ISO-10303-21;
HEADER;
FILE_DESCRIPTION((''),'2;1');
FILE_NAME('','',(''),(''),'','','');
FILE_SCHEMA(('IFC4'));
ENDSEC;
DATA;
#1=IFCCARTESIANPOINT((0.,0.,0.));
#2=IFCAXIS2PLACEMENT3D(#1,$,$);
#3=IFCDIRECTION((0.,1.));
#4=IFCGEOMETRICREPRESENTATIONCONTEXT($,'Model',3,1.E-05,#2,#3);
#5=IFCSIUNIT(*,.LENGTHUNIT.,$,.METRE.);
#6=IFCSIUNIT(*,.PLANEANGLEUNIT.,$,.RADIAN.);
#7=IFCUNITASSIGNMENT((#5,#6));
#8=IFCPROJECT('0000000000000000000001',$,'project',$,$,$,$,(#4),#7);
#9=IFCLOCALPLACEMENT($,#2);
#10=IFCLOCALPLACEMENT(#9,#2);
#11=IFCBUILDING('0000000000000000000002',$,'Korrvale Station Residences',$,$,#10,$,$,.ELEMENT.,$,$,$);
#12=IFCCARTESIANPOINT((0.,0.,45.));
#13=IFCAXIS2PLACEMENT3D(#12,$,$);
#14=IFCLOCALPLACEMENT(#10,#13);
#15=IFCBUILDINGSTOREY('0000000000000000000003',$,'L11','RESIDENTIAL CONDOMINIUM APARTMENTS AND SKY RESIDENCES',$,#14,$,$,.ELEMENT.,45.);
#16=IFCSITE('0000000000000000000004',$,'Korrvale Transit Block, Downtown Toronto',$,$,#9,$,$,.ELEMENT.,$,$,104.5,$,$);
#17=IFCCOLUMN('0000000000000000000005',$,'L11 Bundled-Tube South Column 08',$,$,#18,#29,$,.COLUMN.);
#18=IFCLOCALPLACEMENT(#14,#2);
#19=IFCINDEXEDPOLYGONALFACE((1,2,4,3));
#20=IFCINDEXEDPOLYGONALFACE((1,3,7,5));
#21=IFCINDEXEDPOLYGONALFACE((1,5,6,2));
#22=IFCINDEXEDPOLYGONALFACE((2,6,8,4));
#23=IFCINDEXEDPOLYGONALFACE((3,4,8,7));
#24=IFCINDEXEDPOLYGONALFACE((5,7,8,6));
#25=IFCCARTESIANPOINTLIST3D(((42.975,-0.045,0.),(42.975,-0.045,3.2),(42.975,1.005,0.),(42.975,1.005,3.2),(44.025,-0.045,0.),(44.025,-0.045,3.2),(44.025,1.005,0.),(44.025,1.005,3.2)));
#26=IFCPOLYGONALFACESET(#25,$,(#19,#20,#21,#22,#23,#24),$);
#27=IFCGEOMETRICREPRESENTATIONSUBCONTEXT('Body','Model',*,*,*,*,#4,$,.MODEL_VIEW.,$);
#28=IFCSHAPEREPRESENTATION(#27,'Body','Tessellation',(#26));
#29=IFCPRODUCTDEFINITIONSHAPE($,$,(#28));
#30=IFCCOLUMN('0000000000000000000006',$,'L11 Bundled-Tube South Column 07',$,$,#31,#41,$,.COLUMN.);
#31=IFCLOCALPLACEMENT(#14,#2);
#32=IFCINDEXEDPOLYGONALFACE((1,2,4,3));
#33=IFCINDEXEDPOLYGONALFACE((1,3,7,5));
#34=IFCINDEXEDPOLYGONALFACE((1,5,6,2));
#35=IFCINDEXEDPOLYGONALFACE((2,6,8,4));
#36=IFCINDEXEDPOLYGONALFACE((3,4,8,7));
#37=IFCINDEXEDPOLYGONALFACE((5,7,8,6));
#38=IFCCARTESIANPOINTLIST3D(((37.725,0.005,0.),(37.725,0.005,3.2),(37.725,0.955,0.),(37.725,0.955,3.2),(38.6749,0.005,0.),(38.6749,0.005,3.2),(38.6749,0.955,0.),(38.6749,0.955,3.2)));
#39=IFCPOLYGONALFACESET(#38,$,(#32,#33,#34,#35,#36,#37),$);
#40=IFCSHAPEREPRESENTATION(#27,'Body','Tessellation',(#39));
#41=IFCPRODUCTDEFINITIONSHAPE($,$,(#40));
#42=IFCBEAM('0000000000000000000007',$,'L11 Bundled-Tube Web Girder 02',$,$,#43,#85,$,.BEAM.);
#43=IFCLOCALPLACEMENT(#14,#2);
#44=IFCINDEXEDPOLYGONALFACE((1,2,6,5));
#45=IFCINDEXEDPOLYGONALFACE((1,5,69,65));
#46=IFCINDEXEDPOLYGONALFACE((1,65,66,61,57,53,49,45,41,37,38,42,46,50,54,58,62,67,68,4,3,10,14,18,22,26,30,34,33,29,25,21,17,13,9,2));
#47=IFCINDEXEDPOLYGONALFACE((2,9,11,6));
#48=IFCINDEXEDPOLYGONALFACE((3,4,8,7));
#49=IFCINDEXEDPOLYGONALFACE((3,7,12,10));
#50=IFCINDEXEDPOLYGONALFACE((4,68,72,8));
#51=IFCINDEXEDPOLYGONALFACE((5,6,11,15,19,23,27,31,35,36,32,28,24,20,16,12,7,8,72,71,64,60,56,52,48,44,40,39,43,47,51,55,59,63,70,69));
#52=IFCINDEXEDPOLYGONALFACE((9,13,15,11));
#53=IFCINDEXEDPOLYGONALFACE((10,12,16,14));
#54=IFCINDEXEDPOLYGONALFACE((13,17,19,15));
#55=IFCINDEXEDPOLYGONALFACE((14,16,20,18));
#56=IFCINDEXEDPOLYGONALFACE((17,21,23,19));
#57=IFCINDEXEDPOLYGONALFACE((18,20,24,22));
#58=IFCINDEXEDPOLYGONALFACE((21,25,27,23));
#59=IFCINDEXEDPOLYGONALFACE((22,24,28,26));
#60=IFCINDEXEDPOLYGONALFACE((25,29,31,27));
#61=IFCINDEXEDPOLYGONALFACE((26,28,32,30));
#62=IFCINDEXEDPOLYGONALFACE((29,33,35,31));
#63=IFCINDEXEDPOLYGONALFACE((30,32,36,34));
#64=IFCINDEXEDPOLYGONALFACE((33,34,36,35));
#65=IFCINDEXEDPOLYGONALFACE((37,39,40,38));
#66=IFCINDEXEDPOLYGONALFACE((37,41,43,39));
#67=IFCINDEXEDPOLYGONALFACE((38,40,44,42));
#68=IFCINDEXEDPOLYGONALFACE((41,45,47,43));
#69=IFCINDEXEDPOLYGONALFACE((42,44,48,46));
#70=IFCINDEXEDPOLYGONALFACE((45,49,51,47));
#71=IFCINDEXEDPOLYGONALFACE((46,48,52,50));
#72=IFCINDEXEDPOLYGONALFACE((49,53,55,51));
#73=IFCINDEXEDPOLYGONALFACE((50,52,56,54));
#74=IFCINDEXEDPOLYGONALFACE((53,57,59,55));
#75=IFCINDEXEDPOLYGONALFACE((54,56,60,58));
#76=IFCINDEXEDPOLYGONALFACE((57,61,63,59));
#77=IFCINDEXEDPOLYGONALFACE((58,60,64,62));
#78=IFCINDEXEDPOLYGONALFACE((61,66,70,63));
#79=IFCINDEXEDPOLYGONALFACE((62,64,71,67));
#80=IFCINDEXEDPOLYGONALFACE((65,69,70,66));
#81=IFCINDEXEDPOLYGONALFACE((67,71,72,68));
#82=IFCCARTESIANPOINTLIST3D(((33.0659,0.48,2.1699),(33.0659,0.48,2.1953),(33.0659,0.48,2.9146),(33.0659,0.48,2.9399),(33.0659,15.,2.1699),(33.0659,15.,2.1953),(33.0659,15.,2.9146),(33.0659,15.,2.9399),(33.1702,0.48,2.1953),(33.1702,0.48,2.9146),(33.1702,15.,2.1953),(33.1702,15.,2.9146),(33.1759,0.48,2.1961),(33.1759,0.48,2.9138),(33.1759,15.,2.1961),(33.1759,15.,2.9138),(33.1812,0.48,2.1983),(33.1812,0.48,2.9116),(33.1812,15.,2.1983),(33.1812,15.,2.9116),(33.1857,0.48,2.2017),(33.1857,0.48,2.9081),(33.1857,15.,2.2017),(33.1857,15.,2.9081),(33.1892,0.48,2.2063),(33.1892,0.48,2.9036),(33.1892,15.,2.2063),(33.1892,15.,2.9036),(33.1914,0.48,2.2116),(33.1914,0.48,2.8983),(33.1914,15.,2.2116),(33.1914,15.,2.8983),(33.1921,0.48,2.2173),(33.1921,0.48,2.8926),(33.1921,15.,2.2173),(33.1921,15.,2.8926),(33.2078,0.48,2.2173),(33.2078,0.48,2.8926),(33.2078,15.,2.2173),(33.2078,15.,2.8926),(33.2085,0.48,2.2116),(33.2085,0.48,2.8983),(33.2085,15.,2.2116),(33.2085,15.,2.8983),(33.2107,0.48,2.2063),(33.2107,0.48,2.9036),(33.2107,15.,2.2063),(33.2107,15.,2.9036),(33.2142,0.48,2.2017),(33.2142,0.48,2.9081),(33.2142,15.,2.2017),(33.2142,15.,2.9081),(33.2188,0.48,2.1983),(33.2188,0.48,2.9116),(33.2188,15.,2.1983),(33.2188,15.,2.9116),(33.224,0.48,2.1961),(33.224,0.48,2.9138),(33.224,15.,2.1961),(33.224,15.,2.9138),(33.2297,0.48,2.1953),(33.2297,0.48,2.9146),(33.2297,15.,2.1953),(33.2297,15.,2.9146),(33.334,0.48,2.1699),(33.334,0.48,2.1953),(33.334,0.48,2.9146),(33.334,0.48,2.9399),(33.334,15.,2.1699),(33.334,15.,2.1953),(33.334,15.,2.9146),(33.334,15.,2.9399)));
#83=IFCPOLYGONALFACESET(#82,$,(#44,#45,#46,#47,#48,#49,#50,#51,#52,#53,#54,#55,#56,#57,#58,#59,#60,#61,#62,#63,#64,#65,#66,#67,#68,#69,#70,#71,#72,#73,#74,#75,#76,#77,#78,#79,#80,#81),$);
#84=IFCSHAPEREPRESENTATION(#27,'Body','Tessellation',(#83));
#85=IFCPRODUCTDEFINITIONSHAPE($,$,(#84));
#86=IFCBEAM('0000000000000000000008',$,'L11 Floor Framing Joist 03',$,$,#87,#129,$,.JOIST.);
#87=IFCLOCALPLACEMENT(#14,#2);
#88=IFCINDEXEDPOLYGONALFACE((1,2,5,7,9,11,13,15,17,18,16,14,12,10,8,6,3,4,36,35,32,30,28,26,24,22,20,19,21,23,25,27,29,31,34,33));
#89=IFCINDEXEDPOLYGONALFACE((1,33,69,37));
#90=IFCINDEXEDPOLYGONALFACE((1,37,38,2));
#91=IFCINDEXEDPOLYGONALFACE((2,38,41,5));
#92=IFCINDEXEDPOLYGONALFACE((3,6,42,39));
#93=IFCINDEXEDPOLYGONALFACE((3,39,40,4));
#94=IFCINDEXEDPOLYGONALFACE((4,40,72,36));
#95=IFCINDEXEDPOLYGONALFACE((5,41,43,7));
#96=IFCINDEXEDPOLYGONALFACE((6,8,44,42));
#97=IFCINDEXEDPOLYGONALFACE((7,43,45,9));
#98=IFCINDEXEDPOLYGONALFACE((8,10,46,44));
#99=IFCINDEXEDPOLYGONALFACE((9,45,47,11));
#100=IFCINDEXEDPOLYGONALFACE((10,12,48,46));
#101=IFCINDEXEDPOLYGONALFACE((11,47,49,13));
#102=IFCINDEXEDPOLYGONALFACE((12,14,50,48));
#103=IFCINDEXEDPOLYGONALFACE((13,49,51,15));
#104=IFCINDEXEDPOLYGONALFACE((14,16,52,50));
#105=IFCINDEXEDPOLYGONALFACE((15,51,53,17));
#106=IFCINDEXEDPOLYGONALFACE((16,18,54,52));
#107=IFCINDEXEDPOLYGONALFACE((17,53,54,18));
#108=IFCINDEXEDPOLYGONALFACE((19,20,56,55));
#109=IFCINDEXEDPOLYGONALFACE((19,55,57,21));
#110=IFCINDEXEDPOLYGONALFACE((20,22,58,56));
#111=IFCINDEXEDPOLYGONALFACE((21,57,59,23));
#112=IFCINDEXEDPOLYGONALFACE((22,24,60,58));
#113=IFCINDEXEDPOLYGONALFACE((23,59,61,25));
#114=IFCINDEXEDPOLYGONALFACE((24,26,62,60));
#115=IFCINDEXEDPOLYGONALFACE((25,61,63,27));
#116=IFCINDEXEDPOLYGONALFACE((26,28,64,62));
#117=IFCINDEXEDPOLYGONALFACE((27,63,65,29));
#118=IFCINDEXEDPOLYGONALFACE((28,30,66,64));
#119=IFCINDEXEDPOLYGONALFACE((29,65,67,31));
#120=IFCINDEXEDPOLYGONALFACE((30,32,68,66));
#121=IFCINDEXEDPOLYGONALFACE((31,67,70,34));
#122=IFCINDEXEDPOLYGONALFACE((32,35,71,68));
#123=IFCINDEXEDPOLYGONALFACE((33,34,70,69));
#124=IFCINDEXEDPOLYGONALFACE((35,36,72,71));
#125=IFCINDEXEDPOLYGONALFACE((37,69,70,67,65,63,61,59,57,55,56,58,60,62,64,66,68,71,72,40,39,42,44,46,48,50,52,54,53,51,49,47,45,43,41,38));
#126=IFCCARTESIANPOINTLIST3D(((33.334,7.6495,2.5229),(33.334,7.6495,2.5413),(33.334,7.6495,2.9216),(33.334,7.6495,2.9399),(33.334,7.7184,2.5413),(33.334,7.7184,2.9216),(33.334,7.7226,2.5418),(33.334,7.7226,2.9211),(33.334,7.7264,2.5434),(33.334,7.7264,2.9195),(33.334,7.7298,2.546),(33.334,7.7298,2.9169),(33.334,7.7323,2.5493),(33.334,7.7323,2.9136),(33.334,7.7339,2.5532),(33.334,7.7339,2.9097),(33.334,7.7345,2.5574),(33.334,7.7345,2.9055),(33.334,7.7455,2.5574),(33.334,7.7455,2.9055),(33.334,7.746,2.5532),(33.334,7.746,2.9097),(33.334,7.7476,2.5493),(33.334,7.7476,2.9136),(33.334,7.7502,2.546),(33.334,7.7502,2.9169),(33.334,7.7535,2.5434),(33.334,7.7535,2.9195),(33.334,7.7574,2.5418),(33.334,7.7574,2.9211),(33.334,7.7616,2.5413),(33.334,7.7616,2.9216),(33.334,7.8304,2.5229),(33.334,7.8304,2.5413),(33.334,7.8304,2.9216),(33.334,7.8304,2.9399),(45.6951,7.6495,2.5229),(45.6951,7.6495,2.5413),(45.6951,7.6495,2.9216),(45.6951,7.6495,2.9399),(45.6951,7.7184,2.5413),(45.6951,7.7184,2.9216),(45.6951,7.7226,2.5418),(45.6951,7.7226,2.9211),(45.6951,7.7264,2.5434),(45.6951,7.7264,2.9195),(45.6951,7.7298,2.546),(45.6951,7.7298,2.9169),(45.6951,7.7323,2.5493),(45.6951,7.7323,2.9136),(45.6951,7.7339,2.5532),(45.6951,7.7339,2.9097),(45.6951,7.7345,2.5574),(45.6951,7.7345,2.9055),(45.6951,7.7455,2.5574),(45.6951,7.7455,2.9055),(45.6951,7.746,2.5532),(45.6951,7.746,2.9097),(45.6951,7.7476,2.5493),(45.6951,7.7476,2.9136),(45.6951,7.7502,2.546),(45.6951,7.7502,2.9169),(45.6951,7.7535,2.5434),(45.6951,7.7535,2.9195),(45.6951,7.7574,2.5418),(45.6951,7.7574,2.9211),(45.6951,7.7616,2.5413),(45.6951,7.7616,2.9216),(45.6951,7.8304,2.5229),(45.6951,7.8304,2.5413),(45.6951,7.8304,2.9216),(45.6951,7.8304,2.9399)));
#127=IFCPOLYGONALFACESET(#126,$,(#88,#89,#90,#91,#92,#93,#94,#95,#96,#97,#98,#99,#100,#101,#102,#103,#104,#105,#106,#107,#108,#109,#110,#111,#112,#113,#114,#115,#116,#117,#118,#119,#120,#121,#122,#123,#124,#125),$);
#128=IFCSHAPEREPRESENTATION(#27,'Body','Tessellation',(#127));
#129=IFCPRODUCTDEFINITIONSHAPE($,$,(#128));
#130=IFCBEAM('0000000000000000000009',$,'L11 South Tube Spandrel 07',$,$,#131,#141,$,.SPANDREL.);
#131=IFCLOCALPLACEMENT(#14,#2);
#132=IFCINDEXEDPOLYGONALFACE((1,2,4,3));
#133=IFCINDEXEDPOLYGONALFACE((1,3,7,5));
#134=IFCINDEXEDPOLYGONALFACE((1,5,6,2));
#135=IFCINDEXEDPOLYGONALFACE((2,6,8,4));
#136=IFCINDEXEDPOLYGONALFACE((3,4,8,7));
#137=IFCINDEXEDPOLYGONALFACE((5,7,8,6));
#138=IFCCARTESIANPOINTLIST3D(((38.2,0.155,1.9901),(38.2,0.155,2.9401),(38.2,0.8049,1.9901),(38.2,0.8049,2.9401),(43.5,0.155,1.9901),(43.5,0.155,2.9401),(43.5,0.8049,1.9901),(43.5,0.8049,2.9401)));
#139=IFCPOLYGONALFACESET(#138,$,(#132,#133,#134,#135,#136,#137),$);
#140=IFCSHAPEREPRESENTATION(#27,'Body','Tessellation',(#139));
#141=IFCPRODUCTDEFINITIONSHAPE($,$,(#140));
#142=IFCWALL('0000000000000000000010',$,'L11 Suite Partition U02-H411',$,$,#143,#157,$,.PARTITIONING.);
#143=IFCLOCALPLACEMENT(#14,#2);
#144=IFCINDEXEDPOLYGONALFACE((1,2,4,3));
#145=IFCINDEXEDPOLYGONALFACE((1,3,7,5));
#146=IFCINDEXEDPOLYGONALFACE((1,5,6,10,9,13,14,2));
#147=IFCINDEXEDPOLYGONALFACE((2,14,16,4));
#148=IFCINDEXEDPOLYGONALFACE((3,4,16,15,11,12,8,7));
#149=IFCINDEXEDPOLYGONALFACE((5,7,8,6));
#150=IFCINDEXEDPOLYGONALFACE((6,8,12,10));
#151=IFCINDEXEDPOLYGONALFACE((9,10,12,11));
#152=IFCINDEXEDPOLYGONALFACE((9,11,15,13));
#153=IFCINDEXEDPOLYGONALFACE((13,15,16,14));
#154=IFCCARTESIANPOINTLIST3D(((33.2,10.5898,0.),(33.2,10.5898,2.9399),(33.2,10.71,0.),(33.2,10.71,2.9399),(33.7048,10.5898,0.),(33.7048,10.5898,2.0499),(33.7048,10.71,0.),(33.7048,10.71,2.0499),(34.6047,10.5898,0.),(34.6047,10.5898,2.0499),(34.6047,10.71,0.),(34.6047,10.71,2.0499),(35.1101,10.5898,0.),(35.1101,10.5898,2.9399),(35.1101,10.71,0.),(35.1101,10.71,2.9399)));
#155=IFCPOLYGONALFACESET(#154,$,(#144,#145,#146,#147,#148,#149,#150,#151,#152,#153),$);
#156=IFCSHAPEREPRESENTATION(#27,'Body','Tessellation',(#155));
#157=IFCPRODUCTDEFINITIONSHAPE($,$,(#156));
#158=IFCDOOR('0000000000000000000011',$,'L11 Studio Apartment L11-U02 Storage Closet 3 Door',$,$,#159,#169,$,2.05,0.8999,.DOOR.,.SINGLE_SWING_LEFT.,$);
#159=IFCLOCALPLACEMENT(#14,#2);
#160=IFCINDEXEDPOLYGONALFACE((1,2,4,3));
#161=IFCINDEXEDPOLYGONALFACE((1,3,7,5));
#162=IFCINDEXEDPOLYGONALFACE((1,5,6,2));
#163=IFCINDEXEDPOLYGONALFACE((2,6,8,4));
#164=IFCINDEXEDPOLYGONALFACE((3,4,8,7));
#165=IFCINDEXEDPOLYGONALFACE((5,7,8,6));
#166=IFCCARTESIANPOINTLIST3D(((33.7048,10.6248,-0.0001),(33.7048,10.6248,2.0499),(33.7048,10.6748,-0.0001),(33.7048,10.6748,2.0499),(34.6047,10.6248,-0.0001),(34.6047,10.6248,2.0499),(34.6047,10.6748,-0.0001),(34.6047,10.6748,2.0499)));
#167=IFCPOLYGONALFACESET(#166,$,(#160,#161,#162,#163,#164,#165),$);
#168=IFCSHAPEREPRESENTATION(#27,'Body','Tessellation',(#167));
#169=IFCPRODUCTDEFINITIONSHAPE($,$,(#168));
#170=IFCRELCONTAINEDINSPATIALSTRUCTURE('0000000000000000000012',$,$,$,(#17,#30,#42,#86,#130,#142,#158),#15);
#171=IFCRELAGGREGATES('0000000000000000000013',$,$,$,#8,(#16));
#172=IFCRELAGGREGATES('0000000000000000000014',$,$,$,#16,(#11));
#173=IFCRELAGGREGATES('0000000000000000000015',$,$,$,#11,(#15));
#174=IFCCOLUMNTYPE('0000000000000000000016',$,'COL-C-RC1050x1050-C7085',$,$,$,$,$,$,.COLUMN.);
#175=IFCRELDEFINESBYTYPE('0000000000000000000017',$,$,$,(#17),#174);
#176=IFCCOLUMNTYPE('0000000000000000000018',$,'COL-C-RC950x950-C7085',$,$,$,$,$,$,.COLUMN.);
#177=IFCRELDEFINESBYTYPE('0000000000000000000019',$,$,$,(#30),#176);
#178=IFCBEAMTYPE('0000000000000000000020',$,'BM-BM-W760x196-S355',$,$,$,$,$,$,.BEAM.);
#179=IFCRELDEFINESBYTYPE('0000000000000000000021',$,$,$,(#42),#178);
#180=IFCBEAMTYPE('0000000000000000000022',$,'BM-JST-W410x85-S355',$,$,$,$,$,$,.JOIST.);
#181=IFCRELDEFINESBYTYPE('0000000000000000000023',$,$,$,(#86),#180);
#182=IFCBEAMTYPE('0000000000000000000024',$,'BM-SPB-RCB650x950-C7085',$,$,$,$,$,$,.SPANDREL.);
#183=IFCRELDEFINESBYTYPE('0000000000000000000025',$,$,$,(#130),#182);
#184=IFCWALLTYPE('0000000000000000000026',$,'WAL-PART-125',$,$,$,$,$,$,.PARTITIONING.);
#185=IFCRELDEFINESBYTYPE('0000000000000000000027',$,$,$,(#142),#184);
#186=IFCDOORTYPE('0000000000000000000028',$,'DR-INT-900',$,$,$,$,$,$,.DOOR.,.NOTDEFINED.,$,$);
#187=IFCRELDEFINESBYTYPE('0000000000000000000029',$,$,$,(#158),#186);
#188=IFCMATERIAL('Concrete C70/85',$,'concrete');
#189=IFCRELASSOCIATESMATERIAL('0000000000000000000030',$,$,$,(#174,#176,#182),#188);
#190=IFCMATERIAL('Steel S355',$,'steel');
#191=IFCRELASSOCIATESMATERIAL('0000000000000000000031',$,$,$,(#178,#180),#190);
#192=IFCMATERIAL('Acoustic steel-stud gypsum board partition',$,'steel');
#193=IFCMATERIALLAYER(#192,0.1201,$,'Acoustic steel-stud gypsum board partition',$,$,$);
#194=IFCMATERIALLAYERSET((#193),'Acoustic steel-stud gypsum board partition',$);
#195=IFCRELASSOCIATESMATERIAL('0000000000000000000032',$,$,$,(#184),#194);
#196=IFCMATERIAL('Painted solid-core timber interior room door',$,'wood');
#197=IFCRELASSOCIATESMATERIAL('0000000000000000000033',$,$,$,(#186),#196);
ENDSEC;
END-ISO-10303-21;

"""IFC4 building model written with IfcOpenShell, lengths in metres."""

from ifc_helpers import new_model, si_unit, direction, frame, frame_2d, origin, origin_2d, place, context, subcontext, project, spatial, rectangle, i_section, extrude, material, layer, layer_set, material_profile, profile_set, type_object, element, fill, save


model = new_model("IFC4")

# Units and contexts
model_context = context("Model", 3, precision=1e-05, world=origin(), true_north=direction((0.0, 1.0)))
body_context = subcontext(model_context, "Body", "Model", "MODEL_VIEW")
ifc_project = project(units=[si_unit("LENGTHUNIT", "METRE"), si_unit("PLANEANGLEUNIT", "RADIAN")], contexts=[model_context])

# Site, building, storey
site_placement = place(None, origin())
site = spatial("IfcSite", under=ifc_project, at=site_placement, Name="Korrvale Transit Block, Downtown Toronto", CompositionType="ELEMENT", RefElevation=104.5)
building_placement = place(site_placement, origin())
building = spatial("IfcBuilding", under=site, at=building_placement, Name="Korrvale Station Residences", CompositionType="ELEMENT")
storey_placement = place(building_placement, frame((0.0, 0.0, 45.0)))
storey = spatial("IfcBuildingStorey", under=building, at=storey_placement, Name="L11", Description="RESIDENTIAL CONDOMINIUM APARTMENTS AND SKY RESIDENCES", CompositionType="ELEMENT", Elevation=45.0)

# Columns
ifc_material_1 = material(Name="Concrete C70/85", Category="concrete")
ifc_material_profile_1 = material_profile(ifc_material_1, rectangle(XDim=1.05, YDim=1.05, at=origin_2d()), Name="RC1050x1050")
ifc_profile_set_1 = profile_set([ifc_material_profile_1], Name="Concrete C70/85")
column_type_1 = type_object("IfcColumnType", Name="COL-C-RC1050x1050-C7085", PredefinedType="COLUMN", material=ifc_profile_set_1)
column_1_placement = place(storey_placement, frame((43.5, 0.48, 0.0), z_axis=(0.0, 0.0, 1.0), x_axis=(1.0, 0.0, 0.0)))
element("IfcColumn", 1, at=column_1_placement, inside=storey, type_object=column_type_1, Name="L11 Bundled-Tube South Column 08", PredefinedType="COLUMN", context=body_context, shape_type="SweptSolid", body=[
    extrude(rectangle(XDim=1.05, YDim=1.05, at=origin_2d()), origin(), (0.0, 0.0, 1.0), 3.2),
])
ifc_material_profile_2 = material_profile(ifc_material_1, rectangle(XDim=0.95, YDim=0.95, at=origin_2d()), Name="RC950x950")
ifc_profile_set_2 = profile_set([ifc_material_profile_2], Name="Concrete C70/85")
column_type_2 = type_object("IfcColumnType", Name="COL-C-RC950x950-C7085", PredefinedType="COLUMN", material=ifc_profile_set_2)
column_2_placement = place(storey_placement, frame((38.2, 0.48, 0.0), z_axis=(0.0, 0.0, 1.0), x_axis=(1.0, 0.0, 0.0)))
element("IfcColumn", 2, at=column_2_placement, inside=storey, type_object=column_type_2, Name="L11 Bundled-Tube South Column 07", PredefinedType="COLUMN", context=body_context, shape_type="SweptSolid", body=[
    extrude(rectangle(XDim=0.95, YDim=0.95, at=origin_2d()), origin(), (0.0, 0.0, 1.0), 3.2),
])

# Beams
ifc_material_2 = material(Name="Steel S355", Category="steel")
ifc_material_profile_3 = material_profile(ifc_material_2, i_section(OverallWidth=0.2681, OverallDepth=0.77, WebThickness=0.0156, FlangeThickness=0.0254, FilletRadius=0.022, at=origin_2d()), Name="W760x196")
ifc_profile_set_3 = profile_set([ifc_material_profile_3], Name="Steel S355")
beam_type_1 = type_object("IfcBeamType", Name="BM-BM-W760x196-S355", PredefinedType="BEAM", material=ifc_profile_set_3)
beam_1_placement = place(storey_placement, frame((33.2, 0.48, 2.5549), z_axis=(0.0, 1.0, 0.0), x_axis=(-1.0, 0.0, 0.0)))
element("IfcBeam", 3, at=beam_1_placement, inside=storey, type_object=beam_type_1, Name="L11 Bundled-Tube Web Girder 02", PredefinedType="BEAM", context=body_context, shape_type="SweptSolid", body=[
    extrude(i_section(OverallWidth=0.2681, OverallDepth=0.77, WebThickness=0.0156, FlangeThickness=0.0254, FilletRadius=0.022, at=origin_2d()), origin(), (0.0, 0.0, 1.0), 14.52),
])
ifc_material_profile_4 = material_profile(ifc_material_2, i_section(OverallWidth=0.1809, OverallDepth=0.417, WebThickness=0.011, FlangeThickness=0.0183, FilletRadius=0.0161, at=origin_2d()), Name="W410x85")
ifc_profile_set_4 = profile_set([ifc_material_profile_4], Name="Steel S355")
beam_type_2 = type_object("IfcBeamType", Name="BM-JST-W410x85-S355", PredefinedType="JOIST", material=ifc_profile_set_4)
beam_2_placement = place(storey_placement, frame((33.334, 7.74, 2.7314), z_axis=(1.0, 0.0, 0.0), x_axis=(0.0, 1.0, 0.0)))
element("IfcBeam", 4, at=beam_2_placement, inside=storey, type_object=beam_type_2, Name="L11 Floor Framing Joist 03", PredefinedType="JOIST", context=body_context, shape_type="SweptSolid", body=[
    extrude(i_section(OverallWidth=0.1809, OverallDepth=0.417, WebThickness=0.011, FlangeThickness=0.0183, FilletRadius=0.0161, at=origin_2d()), origin(), (0.0, 0.0, 1.0), 12.3611),
])
ifc_material_profile_5 = material_profile(ifc_material_1, rectangle(XDim=0.6499, YDim=0.95, at=origin_2d()), Name="RCB650x950")
ifc_profile_set_5 = profile_set([ifc_material_profile_5], Name="Concrete C70/85")
beam_type_3 = type_object("IfcBeamType", Name="BM-SPB-RCB650x950-C7085", PredefinedType="SPANDREL", material=ifc_profile_set_5)
beam_3_placement = place(storey_placement, frame((38.2, 0.48, 2.4651), z_axis=(1.0, 0.0, 0.0), x_axis=(0.0, 1.0, 0.0)))
element("IfcBeam", 5, at=beam_3_placement, inside=storey, type_object=beam_type_3, Name="L11 South Tube Spandrel 07", PredefinedType="SPANDREL", context=body_context, shape_type="SweptSolid", body=[
    extrude(rectangle(XDim=0.6499, YDim=0.95, at=origin_2d()), origin(), (0.0, 0.0, 1.0), 5.3),
])

# Wall, opening, door
ifc_material_3 = material(Name="Acoustic steel-stud gypsum board partition", Category="steel")
ifc_layer_1 = layer(ifc_material_3, 0.1201, Name="Acoustic steel-stud gypsum board partition")
ifc_layer_set_1 = layer_set([ifc_layer_1], Name="Acoustic steel-stud gypsum board partition")
wall_type = type_object("IfcWallType", Name="WAL-PART-125", PredefinedType="PARTITIONING", material=ifc_layer_set_1)
wall_1_placement = place(storey_placement, frame((33.2, 10.6499, 0.0), z_axis=(0.0, 0.0, 1.0), x_axis=(1.0, 0.0, 0.0)))
wall_1 = element("IfcWall", 6, at=wall_1_placement, inside=storey, type_object=wall_type, Name="L11 Suite Partition U02-H411", PredefinedType="PARTITIONING", context=body_context, shape_type="SweptSolid", body=[
    extrude(rectangle(XDim=1.9102, YDim=0.1201, at=frame_2d((0.9551, 0.0))), origin(), (0.0, 0.0, 1.0), 2.9399),
])
opening_1_placement = place(wall_1_placement, frame((0.5049, 0.0, 0.0)))
opening_1 = element("IfcOpeningElement", 7, at=opening_1_placement, cuts=wall_1, PredefinedType="OPENING", context=body_context, shape_type="SweptSolid", body=[
    extrude(rectangle(XDim=0.8999, YDim=2.05, at=frame_2d((0.45, 1.0249))), frame((0.0, 0.0701, 0.0), z_axis=(0.0, -1.0, 0.0), x_axis=(1.0, 0.0, 0.0)), (0.0, 0.0, 1.0), 0.1401),
])
ifc_material_4 = material(Name="Painted solid-core timber interior room door", Category="wood")
door_type = type_object("IfcDoorType", Name="DR-INT-900", OperationType="NOTDEFINED", PredefinedType="DOOR", material=ifc_material_4)
door_1_placement = place(opening_1_placement, origin())
door_1 = element("IfcDoor", 8, at=door_1_placement, inside=storey, type_object=door_type, Name="L11 Studio Apartment L11-U02 Storage Closet 3 Door", OperationType="SINGLE_SWING_LEFT", OverallHeight=2.05, OverallWidth=0.8999, PredefinedType="DOOR", context=body_context, shape_type="SweptSolid", body=[
    extrude(rectangle(XDim=0.8999, YDim=2.05, at=frame_2d((0.45, 1.0249))), frame((0.0, 0.0249, 0.0), z_axis=(0.0, -1.0, 0.0), x_axis=(1.0, 0.0, 0.0)), (0.0, 0.0, 1.0), 0.05),
])
fill(opening_1, door_1)

save(model, "model.ifc")
